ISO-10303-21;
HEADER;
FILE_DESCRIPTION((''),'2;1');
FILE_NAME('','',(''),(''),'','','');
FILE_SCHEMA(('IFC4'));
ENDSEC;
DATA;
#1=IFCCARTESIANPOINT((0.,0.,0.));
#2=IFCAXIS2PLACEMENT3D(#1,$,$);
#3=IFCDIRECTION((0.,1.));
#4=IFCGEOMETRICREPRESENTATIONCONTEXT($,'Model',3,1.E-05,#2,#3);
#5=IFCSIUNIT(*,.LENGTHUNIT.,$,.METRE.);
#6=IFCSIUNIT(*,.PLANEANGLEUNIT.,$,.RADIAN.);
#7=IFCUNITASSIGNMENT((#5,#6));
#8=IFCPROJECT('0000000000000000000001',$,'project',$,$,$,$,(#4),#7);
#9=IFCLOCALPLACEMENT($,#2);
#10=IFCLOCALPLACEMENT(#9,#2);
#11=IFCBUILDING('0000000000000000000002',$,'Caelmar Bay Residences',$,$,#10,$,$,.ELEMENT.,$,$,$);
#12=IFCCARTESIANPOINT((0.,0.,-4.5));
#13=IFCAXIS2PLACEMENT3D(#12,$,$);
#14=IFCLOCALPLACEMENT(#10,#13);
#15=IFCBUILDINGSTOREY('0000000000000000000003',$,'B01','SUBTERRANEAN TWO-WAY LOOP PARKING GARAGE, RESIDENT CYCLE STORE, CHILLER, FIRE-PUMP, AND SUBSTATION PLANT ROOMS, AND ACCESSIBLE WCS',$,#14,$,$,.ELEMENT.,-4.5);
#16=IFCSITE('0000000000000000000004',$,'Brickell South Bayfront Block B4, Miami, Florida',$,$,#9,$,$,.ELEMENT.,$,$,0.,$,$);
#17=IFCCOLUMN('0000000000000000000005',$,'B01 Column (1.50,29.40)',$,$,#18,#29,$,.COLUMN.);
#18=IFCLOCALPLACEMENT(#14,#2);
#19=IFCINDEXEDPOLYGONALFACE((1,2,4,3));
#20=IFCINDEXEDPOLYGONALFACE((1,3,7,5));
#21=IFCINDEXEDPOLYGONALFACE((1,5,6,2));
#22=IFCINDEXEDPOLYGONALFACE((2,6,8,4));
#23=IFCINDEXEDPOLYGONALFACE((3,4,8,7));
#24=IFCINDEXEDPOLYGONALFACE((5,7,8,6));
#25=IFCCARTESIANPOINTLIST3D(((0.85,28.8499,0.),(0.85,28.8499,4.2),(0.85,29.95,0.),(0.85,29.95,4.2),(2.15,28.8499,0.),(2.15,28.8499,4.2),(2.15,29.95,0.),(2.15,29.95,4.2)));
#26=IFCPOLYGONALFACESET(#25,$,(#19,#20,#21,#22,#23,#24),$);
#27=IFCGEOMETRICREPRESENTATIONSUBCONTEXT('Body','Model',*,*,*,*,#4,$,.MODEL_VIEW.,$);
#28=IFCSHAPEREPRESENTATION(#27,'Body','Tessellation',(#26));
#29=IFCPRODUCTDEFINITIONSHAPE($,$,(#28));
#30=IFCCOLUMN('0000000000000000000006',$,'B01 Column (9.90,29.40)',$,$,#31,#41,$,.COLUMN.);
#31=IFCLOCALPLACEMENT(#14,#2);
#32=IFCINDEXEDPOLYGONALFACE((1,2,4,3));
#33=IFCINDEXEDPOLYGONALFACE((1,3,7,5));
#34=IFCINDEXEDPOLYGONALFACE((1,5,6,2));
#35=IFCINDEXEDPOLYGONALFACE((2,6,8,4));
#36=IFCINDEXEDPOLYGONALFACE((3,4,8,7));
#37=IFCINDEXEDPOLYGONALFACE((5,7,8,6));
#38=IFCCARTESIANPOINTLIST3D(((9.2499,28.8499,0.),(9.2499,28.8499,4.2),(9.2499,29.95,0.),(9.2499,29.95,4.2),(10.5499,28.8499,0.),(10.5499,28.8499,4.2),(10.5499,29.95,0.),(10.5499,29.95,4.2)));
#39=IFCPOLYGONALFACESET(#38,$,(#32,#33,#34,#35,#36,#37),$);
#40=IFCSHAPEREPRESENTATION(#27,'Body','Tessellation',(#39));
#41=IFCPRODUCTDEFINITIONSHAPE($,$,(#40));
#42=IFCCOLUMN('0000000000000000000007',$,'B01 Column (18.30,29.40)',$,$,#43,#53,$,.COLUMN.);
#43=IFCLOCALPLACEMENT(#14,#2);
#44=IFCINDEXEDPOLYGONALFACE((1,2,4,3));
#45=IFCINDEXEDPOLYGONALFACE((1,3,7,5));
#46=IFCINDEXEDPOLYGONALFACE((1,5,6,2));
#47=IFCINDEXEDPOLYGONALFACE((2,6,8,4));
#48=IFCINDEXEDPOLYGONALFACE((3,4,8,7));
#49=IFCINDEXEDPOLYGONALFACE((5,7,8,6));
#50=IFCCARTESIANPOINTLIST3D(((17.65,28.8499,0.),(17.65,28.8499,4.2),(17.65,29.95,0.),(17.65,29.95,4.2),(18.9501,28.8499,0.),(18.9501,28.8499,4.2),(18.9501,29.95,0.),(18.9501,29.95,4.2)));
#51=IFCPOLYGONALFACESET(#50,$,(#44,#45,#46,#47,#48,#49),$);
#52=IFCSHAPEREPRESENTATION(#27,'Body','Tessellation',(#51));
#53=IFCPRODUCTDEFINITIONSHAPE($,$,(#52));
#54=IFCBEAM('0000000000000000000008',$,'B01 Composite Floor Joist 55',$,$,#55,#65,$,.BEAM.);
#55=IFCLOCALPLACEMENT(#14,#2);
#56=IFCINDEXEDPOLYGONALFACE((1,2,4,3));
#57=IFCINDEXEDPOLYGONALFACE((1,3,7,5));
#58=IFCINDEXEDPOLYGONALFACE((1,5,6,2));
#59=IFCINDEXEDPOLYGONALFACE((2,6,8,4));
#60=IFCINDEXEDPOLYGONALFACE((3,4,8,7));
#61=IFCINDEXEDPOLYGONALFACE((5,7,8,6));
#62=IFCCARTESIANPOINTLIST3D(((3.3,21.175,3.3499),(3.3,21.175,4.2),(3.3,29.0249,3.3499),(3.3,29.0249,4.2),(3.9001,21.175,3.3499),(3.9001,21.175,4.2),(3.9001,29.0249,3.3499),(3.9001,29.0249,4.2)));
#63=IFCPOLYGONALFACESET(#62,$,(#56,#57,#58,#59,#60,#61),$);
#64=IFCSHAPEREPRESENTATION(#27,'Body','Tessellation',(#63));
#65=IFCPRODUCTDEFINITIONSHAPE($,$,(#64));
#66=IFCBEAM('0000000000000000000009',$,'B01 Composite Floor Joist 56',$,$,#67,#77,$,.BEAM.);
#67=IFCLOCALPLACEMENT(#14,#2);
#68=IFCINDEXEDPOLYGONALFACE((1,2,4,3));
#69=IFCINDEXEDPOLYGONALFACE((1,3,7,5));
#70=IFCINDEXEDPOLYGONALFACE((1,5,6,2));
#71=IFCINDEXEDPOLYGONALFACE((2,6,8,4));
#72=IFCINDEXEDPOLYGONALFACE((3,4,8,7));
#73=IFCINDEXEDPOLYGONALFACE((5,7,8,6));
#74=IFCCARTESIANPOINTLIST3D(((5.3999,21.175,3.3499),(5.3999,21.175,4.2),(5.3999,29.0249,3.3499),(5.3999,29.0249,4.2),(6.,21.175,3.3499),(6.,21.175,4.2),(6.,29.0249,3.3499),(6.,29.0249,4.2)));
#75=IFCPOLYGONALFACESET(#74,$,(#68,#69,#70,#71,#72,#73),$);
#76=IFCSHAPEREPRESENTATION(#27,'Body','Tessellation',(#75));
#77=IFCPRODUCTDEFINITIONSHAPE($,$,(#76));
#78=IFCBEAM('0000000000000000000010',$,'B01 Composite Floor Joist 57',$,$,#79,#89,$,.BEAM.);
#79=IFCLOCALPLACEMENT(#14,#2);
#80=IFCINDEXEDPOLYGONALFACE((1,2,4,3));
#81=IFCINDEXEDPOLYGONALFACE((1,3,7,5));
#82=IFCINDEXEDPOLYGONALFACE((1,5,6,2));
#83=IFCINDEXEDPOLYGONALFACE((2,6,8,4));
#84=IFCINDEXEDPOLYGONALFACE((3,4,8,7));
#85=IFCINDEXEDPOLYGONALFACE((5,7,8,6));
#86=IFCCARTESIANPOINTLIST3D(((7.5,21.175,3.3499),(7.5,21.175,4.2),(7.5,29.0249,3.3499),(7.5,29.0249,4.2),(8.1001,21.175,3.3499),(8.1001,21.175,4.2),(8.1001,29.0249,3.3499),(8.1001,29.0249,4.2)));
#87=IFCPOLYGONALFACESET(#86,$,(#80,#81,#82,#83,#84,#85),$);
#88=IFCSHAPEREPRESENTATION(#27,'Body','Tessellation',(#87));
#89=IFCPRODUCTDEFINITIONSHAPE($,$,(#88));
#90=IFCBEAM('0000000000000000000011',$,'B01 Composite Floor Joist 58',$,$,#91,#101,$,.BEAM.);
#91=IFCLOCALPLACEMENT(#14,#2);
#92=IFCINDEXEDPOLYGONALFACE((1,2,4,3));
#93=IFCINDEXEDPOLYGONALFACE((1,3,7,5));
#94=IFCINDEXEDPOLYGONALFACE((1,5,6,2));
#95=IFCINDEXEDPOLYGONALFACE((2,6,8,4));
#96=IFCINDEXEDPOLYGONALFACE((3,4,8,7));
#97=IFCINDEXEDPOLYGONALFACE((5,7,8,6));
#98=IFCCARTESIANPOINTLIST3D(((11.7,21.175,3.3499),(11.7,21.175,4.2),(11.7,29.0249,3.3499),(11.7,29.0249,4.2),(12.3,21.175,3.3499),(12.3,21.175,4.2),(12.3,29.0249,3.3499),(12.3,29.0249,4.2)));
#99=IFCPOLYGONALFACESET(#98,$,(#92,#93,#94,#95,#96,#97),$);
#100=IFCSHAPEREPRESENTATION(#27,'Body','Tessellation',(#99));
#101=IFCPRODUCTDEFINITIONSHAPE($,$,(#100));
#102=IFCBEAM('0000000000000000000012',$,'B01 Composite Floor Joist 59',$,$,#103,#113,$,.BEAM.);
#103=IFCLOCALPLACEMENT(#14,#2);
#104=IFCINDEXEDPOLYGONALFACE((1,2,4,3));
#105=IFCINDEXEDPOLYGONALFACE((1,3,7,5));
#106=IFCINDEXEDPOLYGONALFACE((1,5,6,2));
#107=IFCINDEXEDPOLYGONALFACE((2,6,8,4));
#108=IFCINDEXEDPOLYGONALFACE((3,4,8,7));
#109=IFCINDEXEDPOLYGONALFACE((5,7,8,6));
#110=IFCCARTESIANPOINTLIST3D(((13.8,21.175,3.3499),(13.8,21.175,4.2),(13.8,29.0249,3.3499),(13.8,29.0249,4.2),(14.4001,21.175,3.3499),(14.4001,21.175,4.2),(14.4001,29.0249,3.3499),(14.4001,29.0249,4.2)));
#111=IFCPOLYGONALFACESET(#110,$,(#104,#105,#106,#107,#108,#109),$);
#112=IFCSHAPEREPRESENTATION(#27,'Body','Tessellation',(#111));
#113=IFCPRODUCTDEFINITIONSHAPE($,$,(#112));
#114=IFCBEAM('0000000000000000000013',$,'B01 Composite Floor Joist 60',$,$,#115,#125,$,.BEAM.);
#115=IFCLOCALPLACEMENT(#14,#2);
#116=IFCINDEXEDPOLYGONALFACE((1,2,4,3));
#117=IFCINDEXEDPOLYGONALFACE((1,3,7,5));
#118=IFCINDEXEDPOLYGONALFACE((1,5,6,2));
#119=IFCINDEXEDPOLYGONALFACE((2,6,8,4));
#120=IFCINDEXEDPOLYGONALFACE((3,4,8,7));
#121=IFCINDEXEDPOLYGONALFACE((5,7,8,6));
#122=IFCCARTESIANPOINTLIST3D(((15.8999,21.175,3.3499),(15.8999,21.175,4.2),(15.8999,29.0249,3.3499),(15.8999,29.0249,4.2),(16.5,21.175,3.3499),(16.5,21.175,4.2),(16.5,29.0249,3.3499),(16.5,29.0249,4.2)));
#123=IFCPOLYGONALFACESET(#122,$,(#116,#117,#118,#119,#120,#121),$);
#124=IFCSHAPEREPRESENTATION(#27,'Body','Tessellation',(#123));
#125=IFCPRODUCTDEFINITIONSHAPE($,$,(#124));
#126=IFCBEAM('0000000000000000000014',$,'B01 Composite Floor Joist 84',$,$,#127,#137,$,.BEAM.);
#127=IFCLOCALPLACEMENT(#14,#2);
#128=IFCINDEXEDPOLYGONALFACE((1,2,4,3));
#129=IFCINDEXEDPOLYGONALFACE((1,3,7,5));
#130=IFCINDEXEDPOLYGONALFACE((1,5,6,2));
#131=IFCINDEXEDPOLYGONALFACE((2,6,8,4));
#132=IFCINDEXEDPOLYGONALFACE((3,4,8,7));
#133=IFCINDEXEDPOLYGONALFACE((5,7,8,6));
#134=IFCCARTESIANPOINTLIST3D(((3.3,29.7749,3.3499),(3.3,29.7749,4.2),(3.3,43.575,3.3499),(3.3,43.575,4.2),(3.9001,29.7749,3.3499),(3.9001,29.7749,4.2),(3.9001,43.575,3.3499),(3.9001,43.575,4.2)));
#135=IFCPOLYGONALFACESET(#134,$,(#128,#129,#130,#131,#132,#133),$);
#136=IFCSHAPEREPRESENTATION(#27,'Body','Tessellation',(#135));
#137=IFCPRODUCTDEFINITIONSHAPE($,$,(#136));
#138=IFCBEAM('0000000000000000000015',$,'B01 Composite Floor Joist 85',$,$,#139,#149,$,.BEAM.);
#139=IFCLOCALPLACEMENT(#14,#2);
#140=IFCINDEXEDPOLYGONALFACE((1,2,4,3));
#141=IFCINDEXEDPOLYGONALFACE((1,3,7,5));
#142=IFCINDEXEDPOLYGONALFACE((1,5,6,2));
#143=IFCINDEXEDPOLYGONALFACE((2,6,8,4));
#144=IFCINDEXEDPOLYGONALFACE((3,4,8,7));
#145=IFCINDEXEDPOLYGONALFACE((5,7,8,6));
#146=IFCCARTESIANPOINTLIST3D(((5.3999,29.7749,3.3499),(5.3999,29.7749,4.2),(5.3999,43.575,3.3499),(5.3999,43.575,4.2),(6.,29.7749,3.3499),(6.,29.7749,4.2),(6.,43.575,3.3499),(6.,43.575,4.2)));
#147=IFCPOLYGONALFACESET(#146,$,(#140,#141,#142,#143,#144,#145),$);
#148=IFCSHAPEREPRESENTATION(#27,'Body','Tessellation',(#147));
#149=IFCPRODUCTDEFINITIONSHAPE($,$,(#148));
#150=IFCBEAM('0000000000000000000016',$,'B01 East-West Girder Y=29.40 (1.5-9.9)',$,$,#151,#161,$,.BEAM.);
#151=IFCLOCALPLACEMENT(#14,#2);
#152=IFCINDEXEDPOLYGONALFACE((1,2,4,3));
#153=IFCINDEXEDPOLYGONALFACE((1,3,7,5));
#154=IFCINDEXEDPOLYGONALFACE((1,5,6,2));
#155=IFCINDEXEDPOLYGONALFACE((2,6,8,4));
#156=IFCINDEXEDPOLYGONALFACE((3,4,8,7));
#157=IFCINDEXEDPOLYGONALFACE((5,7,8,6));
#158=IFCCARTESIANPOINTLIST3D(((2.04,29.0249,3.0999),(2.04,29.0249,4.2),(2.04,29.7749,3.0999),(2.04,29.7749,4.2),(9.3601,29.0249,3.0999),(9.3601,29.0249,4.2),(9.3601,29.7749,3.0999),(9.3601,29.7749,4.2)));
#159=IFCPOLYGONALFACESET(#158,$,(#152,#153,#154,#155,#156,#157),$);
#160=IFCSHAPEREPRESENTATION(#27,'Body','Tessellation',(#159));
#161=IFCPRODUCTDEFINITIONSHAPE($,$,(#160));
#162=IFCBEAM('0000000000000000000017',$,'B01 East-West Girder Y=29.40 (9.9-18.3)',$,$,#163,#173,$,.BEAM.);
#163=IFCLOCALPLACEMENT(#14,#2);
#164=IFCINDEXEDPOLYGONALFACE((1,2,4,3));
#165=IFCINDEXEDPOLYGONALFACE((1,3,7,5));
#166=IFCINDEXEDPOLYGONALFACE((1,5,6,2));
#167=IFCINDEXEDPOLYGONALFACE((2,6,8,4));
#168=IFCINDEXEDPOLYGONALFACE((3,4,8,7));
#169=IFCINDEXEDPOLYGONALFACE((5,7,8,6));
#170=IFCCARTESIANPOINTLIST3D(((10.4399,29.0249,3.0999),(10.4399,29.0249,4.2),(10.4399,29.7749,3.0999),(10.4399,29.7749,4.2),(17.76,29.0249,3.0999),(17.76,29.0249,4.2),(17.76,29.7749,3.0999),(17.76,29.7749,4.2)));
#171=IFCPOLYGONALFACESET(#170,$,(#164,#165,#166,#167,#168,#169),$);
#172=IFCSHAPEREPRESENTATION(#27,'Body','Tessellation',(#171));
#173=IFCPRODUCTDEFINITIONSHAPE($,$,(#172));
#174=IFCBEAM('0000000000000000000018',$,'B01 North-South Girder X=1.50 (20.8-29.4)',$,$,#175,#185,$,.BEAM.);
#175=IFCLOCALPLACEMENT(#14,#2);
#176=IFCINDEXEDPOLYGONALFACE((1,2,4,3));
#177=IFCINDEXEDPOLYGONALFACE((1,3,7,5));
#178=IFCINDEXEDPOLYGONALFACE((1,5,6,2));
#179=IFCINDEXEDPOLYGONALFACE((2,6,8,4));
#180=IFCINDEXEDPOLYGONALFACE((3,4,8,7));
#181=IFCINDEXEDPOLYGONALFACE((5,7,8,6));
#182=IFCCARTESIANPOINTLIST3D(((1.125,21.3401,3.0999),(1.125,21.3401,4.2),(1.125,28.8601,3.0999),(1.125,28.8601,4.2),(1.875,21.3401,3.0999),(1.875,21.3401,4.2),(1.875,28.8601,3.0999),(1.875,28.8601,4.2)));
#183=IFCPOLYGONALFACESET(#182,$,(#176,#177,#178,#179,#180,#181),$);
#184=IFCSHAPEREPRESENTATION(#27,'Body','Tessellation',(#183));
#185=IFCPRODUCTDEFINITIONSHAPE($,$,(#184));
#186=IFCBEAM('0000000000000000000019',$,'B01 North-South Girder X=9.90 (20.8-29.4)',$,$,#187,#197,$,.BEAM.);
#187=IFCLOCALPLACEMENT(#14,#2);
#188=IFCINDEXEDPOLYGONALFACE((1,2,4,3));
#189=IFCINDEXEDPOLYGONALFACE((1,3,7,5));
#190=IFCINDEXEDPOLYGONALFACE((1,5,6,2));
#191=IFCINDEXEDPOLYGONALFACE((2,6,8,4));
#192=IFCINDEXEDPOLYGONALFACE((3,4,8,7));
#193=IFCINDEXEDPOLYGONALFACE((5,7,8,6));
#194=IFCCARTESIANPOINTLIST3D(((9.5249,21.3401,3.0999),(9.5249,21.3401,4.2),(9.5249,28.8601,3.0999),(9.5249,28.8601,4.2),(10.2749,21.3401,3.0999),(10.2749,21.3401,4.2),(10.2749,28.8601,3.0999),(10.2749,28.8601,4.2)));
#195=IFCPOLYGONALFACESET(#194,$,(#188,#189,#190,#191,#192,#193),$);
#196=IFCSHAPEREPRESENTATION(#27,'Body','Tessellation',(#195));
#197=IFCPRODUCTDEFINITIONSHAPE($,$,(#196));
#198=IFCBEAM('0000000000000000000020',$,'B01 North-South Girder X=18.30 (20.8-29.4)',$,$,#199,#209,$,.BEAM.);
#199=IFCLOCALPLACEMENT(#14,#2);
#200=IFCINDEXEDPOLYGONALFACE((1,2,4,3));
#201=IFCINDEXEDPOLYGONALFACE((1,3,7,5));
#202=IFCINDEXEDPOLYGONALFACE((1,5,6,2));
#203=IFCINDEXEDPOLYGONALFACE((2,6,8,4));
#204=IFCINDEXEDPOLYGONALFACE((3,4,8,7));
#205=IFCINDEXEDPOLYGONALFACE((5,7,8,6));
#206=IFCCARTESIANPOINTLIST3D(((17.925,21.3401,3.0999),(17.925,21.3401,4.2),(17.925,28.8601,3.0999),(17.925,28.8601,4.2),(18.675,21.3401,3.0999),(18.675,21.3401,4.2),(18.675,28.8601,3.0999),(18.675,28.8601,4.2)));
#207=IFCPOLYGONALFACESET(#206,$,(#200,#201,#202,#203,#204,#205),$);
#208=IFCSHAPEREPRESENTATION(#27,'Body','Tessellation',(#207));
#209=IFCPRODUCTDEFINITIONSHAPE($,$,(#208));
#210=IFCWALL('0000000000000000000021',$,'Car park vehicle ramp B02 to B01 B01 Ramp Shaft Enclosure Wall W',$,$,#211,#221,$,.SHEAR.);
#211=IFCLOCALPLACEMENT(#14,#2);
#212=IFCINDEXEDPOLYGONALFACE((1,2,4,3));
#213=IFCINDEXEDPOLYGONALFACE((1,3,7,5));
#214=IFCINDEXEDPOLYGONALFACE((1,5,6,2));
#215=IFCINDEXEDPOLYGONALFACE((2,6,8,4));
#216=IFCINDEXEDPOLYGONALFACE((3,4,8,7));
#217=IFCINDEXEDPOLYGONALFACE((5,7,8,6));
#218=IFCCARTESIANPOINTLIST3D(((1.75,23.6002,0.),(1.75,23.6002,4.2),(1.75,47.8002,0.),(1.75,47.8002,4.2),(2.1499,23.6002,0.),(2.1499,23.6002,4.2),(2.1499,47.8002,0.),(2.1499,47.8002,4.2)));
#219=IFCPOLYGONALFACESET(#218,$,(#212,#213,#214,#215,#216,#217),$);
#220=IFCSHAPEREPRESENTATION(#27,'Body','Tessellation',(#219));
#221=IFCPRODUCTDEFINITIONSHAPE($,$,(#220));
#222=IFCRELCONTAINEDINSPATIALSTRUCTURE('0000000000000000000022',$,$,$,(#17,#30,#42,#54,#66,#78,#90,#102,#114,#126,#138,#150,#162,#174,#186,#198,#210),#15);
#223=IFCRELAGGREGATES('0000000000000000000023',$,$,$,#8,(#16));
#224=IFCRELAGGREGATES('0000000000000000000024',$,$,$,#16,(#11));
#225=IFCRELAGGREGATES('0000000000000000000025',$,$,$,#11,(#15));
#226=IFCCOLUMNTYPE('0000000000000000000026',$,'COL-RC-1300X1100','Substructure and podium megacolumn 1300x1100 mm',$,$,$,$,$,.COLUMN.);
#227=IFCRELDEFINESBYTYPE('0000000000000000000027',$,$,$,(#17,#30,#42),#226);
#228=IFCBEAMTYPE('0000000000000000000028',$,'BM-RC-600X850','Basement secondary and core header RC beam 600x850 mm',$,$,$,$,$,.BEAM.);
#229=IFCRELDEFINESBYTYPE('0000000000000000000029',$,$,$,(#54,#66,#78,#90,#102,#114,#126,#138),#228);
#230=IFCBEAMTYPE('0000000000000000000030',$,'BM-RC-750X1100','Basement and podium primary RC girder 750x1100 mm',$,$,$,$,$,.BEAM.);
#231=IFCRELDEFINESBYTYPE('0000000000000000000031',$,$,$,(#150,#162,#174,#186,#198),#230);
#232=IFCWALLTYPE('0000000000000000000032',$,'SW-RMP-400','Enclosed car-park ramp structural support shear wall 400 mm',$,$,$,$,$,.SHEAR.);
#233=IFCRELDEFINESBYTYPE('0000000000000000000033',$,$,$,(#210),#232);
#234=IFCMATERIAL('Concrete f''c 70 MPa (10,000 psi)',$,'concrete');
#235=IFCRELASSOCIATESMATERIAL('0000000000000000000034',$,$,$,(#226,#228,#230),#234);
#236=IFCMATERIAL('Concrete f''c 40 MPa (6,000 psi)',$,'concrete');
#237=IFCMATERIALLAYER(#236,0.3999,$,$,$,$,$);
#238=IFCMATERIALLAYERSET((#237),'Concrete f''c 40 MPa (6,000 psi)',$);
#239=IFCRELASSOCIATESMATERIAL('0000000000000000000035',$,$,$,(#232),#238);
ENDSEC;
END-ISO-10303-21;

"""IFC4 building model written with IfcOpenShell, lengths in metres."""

from ifc_helpers import new_model, si_unit, direction, frame, frame_2d, origin, origin_2d, place, context, subcontext, project, spatial, rectangle, extrude, material, layer, layer_set, material_profile, profile_set, type_object, element, save


model = new_model("IFC4")

# Units and contexts
model_context = context("Model", 3, precision=1e-05, world=origin(), true_north=direction((0.0, 1.0)))
body_context = subcontext(model_context, "Body", "Model", "MODEL_VIEW")
ifc_project = project(units=[si_unit("LENGTHUNIT", "METRE"), si_unit("PLANEANGLEUNIT", "RADIAN")], contexts=[model_context])

# Site, building, storey
site_placement = place(None, origin())
site = spatial("IfcSite", under=ifc_project, at=site_placement, Name="Brickell South Bayfront Block B4, Miami, Florida", CompositionType="ELEMENT", RefElevation=0.0)
building_placement = place(site_placement, origin())
building = spatial("IfcBuilding", under=site, at=building_placement, Name="Caelmar Bay Residences", CompositionType="ELEMENT")
storey_placement = place(building_placement, frame((0.0, 0.0, -4.5)))
storey = spatial("IfcBuildingStorey", under=building, at=storey_placement, Name="B01", Description="SUBTERRANEAN TWO-WAY LOOP PARKING GARAGE, RESIDENT CYCLE STORE, CHILLER, FIRE-PUMP, AND SUBSTATION PLANT ROOMS, AND ACCESSIBLE WCS", CompositionType="ELEMENT", Elevation=-4.5)

# Columns
ifc_material_1 = material(Name="Concrete f'c 70 MPa (10,000 psi)", Category="concrete")
ifc_material_profile_1 = material_profile(ifc_material_1, rectangle(XDim=1.3, YDim=1.1001, at=origin_2d()), Name="RC-COL-1300X1100")
ifc_profile_set_1 = profile_set([ifc_material_profile_1], Name="Concrete f'c 70 MPa (10,000 psi)")
column_type = type_object("IfcColumnType", Name="COL-RC-1300X1100", Description="Substructure and podium megacolumn 1300x1100 mm", PredefinedType="COLUMN", material=ifc_profile_set_1)
for number, where, z_axis, x_axis, name in (
    (1, (1.5, 29.3999, 0.0), (0.0, 0.0, 1.0), (1.0, 0.0, 0.0), "B01 Column (1.50,29.40)"),
    (2, (9.8999, 29.3999, 0.0), (0.0, 0.0, 1.0), (1.0, 0.0, 0.0), "B01 Column (9.90,29.40)"),
    (3, (18.3, 29.3999, 0.0), (0.0, 0.0, 1.0), (1.0, 0.0, 0.0), "B01 Column (18.30,29.40)"),
):
    element("IfcColumn", number, at=place(storey_placement, frame(where, z_axis=z_axis, x_axis=x_axis)), inside=storey, type_object=column_type, Name=name, PredefinedType="COLUMN", context=body_context, shape_type="SweptSolid", body=[
        extrude(rectangle(XDim=1.3, YDim=1.1001, at=origin_2d()), origin(), (0.0, 0.0, 1.0), 4.2),
    ])

# Beams
ifc_material_profile_2 = material_profile(ifc_material_1, rectangle(XDim=0.6001, YDim=0.8501, at=origin_2d()), Name="RC-BM-600X850")
ifc_profile_set_2 = profile_set([ifc_material_profile_2], Name="Concrete f'c 70 MPa (10,000 psi)")
beam_type_1 = type_object("IfcBeamType", Name="BM-RC-600X850", Description="Basement secondary and core header RC beam 600x850 mm", PredefinedType="BEAM", material=ifc_profile_set_2)
for number, where, z_axis, x_axis, name in (
    (4, (3.6001, 21.175, 3.7749), (0.0, 1.0, 0.0), (-1.0, 0.0, 0.0), "B01 Composite Floor Joist 55"),
    (5, (5.7, 21.175, 3.7749), (0.0, 1.0, 0.0), (-1.0, 0.0, 0.0), "B01 Composite Floor Joist 56"),
    (6, (7.8, 21.175, 3.7749), (0.0, 1.0, 0.0), (-1.0, 0.0, 0.0), "B01 Composite Floor Joist 57"),
    (7, (12.0, 21.175, 3.7749), (0.0, 1.0, 0.0), (-1.0, 0.0, 0.0), "B01 Composite Floor Joist 58"),
    (8, (14.1001, 21.175, 3.7749), (0.0, 1.0, 0.0), (-1.0, 0.0, 0.0), "B01 Composite Floor Joist 59"),
    (9, (16.2, 21.175, 3.7749), (0.0, 1.0, 0.0), (-1.0, 0.0, 0.0), "B01 Composite Floor Joist 60"),
):
    element("IfcBeam", number, at=place(storey_placement, frame(where, z_axis=z_axis, x_axis=x_axis)), inside=storey, type_object=beam_type_1, Name=name, PredefinedType="BEAM", context=body_context, shape_type="SweptSolid", body=[
        extrude(rectangle(XDim=0.6001, YDim=0.8501, at=origin_2d()), origin(), (0.0, 0.0, 1.0), 7.8499),
    ])
for number, where, z_axis, x_axis, name in (
    (10, (3.6001, 29.7749, 3.7749), (0.0, 1.0, 0.0), (-1.0, 0.0, 0.0), "B01 Composite Floor Joist 84"),
    (11, (5.7, 29.7749, 3.7749), (0.0, 1.0, 0.0), (-1.0, 0.0, 0.0), "B01 Composite Floor Joist 85"),
):
    element("IfcBeam", number, at=place(storey_placement, frame(where, z_axis=z_axis, x_axis=x_axis)), inside=storey, type_object=beam_type_1, Name=name, PredefinedType="BEAM", context=body_context, shape_type="SweptSolid", body=[
        extrude(rectangle(XDim=0.6001, YDim=0.8501, at=origin_2d()), origin(), (0.0, 0.0, 1.0), 13.8),
    ])
ifc_material_profile_3 = material_profile(ifc_material_1, rectangle(XDim=0.75, YDim=1.1001, at=origin_2d()), Name="RC-BM-750X1100")
ifc_profile_set_3 = profile_set([ifc_material_profile_3], Name="Concrete f'c 70 MPa (10,000 psi)")
beam_type_2 = type_object("IfcBeamType", Name="BM-RC-750X1100", Description="Basement and podium primary RC girder 750x1100 mm", PredefinedType="BEAM", material=ifc_profile_set_3)
for number, where, z_axis, x_axis, name in (
    (12, (2.04, 29.3999, 3.6499), (1.0, 0.0, 0.0), (0.0, 1.0, 0.0), "B01 East-West Girder Y=29.40 (1.5-9.9)"),
    (13, (10.4399, 29.3999, 3.6499), (1.0, 0.0, 0.0), (0.0, 1.0, 0.0), "B01 East-West Girder Y=29.40 (9.9-18.3)"),
):
    element("IfcBeam", number, at=place(storey_placement, frame(where, z_axis=z_axis, x_axis=x_axis)), inside=storey, type_object=beam_type_2, Name=name, PredefinedType="BEAM", context=body_context, shape_type="SweptSolid", body=[
        extrude(rectangle(XDim=0.75, YDim=1.1001, at=origin_2d()), origin(), (0.0, 0.0, 1.0), 7.3201),
    ])
for number, where, z_axis, x_axis, name in (
    (14, (1.5, 21.3401, 3.6499), (0.0, 1.0, 0.0), (-1.0, 0.0, 0.0), "B01 North-South Girder X=1.50 (20.8-29.4)"),
    (15, (9.8999, 21.3401, 3.6499), (0.0, 1.0, 0.0), (-1.0, 0.0, 0.0), "B01 North-South Girder X=9.90 (20.8-29.4)"),
    (16, (18.3, 21.3401, 3.6499), (0.0, 1.0, 0.0), (-1.0, 0.0, 0.0), "B01 North-South Girder X=18.30 (20.8-29.4)"),
):
    element("IfcBeam", number, at=place(storey_placement, frame(where, z_axis=z_axis, x_axis=x_axis)), inside=storey, type_object=beam_type_2, Name=name, PredefinedType="BEAM", context=body_context, shape_type="SweptSolid", body=[
        extrude(rectangle(XDim=0.75, YDim=1.1001, at=origin_2d()), origin(), (0.0, 0.0, 1.0), 7.52),
    ])

# Wall
ifc_material_2 = material(Name="Concrete f'c 40 MPa (6,000 psi)", Category="concrete")
ifc_layer_1 = layer(ifc_material_2, 0.3999)
ifc_layer_set_1 = layer_set([ifc_layer_1], Name="Concrete f'c 40 MPa (6,000 psi)")
wall_type_1 = type_object("IfcWallType", Name="SW-RMP-400", Description="Enclosed car-park ramp structural support shear wall 400 mm", PredefinedType="SHEAR", material=ifc_layer_set_1)
for number, where, z_axis, x_axis, name in (
    (17, (1.95, 23.6001, 0.0), (0.0, 0.0, 1.0), (0.0, 1.0, 0.0), "Car park vehicle ramp B02 to B01 B01 Ramp Shaft Enclosure Wall W"),
):
    element("IfcWall", number, at=place(storey_placement, frame(where, z_axis=z_axis, x_axis=x_axis)), inside=storey, type_object=wall_type_1, Name=name, PredefinedType="SHEAR", context=body_context, shape_type="SweptSolid", body=[
        extrude(rectangle(XDim=24.2, YDim=0.3999, at=frame_2d((12.1001, 0.0))), origin(), (0.0, 0.0, 1.0), 4.2),
    ])

save(model, "model.ifc")
